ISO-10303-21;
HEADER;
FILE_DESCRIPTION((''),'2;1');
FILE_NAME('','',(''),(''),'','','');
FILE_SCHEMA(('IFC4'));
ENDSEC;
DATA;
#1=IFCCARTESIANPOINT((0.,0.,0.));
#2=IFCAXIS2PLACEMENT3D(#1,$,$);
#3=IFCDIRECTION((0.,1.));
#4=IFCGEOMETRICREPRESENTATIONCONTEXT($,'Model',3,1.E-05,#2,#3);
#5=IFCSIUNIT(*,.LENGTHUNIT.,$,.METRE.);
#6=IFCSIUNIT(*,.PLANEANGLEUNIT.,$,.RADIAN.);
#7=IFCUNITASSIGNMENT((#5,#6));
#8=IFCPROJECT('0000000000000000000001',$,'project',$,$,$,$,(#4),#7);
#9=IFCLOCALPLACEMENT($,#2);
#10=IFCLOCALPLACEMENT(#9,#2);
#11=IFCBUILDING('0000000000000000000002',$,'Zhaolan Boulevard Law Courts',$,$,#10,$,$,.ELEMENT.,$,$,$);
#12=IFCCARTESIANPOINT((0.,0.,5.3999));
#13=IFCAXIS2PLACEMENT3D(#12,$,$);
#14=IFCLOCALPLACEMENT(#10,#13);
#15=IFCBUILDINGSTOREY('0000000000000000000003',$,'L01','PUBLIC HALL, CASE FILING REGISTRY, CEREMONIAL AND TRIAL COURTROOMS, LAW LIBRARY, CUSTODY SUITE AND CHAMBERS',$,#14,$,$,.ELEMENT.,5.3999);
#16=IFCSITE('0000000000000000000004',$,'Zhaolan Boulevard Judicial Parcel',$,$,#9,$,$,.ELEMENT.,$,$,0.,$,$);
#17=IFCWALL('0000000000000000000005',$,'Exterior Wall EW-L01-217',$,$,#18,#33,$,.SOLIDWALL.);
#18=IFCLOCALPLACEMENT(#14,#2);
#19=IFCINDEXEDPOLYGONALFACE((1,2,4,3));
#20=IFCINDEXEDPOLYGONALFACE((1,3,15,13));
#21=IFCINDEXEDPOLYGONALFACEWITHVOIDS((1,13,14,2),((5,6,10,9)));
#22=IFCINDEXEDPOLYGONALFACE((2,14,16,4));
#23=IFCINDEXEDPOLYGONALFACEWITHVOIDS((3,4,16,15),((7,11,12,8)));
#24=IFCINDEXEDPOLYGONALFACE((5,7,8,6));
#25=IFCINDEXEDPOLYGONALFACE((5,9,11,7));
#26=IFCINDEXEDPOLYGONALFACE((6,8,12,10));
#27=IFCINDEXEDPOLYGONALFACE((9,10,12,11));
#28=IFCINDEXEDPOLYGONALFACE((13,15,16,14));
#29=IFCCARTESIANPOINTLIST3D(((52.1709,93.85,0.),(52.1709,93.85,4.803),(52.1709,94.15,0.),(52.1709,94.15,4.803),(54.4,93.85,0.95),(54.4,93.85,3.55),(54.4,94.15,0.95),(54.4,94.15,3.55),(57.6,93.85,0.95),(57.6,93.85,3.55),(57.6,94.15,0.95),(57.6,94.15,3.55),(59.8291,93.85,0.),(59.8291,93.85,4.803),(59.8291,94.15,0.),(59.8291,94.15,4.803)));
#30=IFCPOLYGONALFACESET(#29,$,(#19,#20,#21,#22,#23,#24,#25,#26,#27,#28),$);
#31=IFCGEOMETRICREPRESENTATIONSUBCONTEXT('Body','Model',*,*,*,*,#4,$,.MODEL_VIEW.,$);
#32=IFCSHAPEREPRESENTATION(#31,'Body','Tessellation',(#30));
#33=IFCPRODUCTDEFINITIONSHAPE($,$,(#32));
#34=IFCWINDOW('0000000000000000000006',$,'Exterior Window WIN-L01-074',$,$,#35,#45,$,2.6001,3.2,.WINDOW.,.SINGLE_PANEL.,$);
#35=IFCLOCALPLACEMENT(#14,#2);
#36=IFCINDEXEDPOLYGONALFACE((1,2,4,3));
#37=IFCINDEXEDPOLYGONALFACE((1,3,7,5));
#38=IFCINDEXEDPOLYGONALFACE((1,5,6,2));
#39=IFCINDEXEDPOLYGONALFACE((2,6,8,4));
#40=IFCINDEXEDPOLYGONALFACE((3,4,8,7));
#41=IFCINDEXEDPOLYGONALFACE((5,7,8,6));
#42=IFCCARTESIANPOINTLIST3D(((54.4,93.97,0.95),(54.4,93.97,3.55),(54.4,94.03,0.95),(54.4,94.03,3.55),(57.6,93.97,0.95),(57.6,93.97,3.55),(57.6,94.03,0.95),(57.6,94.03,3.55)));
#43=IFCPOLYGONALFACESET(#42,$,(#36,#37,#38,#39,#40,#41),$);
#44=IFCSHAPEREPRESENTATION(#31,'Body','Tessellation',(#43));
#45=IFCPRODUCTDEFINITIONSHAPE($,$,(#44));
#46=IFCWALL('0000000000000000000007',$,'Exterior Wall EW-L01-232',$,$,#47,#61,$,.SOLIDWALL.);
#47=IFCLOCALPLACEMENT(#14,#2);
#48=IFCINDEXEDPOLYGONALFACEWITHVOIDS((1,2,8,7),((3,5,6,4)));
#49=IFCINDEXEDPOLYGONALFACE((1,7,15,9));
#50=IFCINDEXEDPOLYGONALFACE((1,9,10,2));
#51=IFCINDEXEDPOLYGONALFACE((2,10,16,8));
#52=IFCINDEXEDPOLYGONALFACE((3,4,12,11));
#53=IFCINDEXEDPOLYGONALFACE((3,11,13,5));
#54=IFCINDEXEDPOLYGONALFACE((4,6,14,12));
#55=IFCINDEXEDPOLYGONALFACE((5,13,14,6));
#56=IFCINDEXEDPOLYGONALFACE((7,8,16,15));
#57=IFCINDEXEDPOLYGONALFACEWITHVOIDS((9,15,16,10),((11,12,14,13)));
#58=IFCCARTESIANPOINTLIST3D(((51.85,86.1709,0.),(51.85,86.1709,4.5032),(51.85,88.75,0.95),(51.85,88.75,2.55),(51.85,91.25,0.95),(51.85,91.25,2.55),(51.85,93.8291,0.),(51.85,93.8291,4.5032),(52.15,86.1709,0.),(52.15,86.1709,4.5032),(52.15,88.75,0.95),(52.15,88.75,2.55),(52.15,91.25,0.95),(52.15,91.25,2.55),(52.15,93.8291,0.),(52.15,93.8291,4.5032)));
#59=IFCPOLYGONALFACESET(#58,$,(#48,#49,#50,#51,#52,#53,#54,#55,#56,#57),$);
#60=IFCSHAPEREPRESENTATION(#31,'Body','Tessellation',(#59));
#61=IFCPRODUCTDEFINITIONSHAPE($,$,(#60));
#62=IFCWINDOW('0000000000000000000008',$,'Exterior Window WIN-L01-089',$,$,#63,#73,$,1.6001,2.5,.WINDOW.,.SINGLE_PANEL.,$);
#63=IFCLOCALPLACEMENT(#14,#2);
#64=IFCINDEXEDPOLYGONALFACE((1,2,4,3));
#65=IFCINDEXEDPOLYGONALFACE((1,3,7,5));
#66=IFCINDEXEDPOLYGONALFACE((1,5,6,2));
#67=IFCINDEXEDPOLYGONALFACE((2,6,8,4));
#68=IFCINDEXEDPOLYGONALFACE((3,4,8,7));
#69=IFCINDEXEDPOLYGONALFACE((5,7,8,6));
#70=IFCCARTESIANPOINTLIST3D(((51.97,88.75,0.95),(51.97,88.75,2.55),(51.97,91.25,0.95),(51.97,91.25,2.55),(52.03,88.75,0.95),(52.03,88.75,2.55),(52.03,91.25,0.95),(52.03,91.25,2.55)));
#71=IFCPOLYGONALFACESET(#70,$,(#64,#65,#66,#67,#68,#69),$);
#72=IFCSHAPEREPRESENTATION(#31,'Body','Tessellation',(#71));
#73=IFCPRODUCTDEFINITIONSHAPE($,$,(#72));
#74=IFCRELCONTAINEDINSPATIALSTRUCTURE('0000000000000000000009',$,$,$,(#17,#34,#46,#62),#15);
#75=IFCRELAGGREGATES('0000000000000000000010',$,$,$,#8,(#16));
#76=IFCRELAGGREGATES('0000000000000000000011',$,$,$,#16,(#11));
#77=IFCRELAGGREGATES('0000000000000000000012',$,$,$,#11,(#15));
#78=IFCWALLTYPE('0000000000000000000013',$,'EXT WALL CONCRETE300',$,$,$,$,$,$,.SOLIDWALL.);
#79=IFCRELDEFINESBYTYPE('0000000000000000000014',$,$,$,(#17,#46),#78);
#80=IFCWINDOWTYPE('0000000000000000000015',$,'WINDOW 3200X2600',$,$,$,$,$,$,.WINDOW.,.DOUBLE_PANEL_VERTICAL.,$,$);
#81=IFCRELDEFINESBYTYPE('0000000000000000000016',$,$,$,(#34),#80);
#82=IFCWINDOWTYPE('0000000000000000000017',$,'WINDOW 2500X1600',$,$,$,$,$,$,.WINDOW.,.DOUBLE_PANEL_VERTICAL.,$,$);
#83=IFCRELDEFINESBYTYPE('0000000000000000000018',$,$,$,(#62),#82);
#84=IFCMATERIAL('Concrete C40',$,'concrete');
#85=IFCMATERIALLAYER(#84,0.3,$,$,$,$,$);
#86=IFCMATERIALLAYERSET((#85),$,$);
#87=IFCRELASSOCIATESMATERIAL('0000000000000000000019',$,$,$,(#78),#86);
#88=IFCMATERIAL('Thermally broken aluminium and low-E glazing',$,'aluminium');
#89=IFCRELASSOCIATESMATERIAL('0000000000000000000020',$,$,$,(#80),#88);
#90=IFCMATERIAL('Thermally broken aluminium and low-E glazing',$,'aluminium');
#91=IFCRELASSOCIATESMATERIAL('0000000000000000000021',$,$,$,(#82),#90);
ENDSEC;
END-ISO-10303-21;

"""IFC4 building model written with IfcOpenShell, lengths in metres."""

from ifc_helpers import new_model, si_unit, direction, frame, frame_2d, origin, place, context, subcontext, project, spatial, rectangle, extrude, material, layer, layer_set, type_object, element, fill, save


model = new_model("IFC4")

# Units and contexts
model_context = context("Model", 3, precision=1e-05, world=origin(), true_north=direction((0.0, 1.0)))
body_context = subcontext(model_context, "Body", "Model", "MODEL_VIEW")
ifc_project = project(units=[si_unit("LENGTHUNIT", "METRE"), si_unit("PLANEANGLEUNIT", "RADIAN")], contexts=[model_context])

# Site, building, storey
site_placement = place(None, origin())
site = spatial("IfcSite", under=ifc_project, at=site_placement, Name="Zhaolan Boulevard Judicial Parcel", CompositionType="ELEMENT", RefElevation=0.0)
building_placement = place(site_placement, origin())
building = spatial("IfcBuilding", under=site, at=building_placement, Name="Zhaolan Boulevard Law Courts", CompositionType="ELEMENT")
storey_placement = place(building_placement, frame((0.0, 0.0, 5.3999)))
storey = spatial("IfcBuildingStorey", under=building, at=storey_placement, Name="L01", Description="PUBLIC HALL, CASE FILING REGISTRY, CEREMONIAL AND TRIAL COURTROOMS, LAW LIBRARY, CUSTODY SUITE AND CHAMBERS", CompositionType="ELEMENT", Elevation=5.3999)

# Walls, openings, windows
ifc_material_1 = material(Name="Concrete C40", Category="concrete")
ifc_layer_1 = layer(ifc_material_1, 0.3)
ifc_layer_set_1 = layer_set([ifc_layer_1])
wall_type = type_object("IfcWallType", Name="EXT WALL CONCRETE300", PredefinedType="SOLIDWALL", material=ifc_layer_set_1)
wall_1_placement = place(storey_placement, frame((59.8291, 94.0, 0.0), z_axis=(0.0, 0.0, 1.0), x_axis=(-1.0, 0.0, 0.0)))
wall_1 = element("IfcWall", 1, at=wall_1_placement, inside=storey, type_object=wall_type, Name="Exterior Wall EW-L01-217", PredefinedType="SOLIDWALL", context=body_context, shape_type="SweptSolid", body=[
    extrude(rectangle(XDim=7.6582, YDim=0.3, at=frame_2d((3.8291, 0.0))), origin(), (0.0, 0.0, 1.0), 4.803),
])
opening_1_placement = place(wall_1_placement, frame((2.229, 0.0, 0.95)))
opening_1 = element("IfcOpeningElement", 2, at=opening_1_placement, cuts=wall_1, PredefinedType="OPENING", context=body_context, shape_type="SweptSolid", body=[
    extrude(rectangle(XDim=3.2, YDim=2.6001, at=frame_2d((1.6001, 1.3))), frame((0.0, 0.1599, 0.0), z_axis=(0.0, -1.0, 0.0), x_axis=(1.0, 0.0, 0.0)), (0.0, 0.0, 1.0), 0.3201),
])
ifc_material_2 = material(Name="Thermally broken aluminium and low-E glazing", Category="aluminium")
window_type_1 = type_object("IfcWindowType", Name="WINDOW 3200X2600", PartitioningType="DOUBLE_PANEL_VERTICAL", PredefinedType="WINDOW", material=ifc_material_2)
window_1_placement = place(opening_1_placement, origin())
window_1 = element("IfcWindow", 3, at=window_1_placement, inside=storey, type_object=window_type_1, Name="Exterior Window WIN-L01-074", OverallHeight=2.6001, OverallWidth=3.2, PartitioningType="SINGLE_PANEL", PredefinedType="WINDOW", context=body_context, shape_type="SweptSolid", body=[
    extrude(rectangle(XDim=3.2, YDim=2.6001, at=frame_2d((1.6001, 1.3))), frame((0.0, 0.03, 0.0), z_axis=(0.0, -1.0, 0.0), x_axis=(1.0, 0.0, 0.0)), (0.0, 0.0, 1.0), 0.0601),
])
fill(opening_1, window_1)
wall_2_placement = place(storey_placement, frame((52.0, 93.8291, 0.0), z_axis=(0.0, 0.0, 1.0), x_axis=(0.0, -1.0, 0.0)))
wall_2 = element("IfcWall", 4, at=wall_2_placement, inside=storey, type_object=wall_type, Name="Exterior Wall EW-L01-232", PredefinedType="SOLIDWALL", context=body_context, shape_type="SweptSolid", body=[
    extrude(rectangle(XDim=7.6582, YDim=0.3, at=frame_2d((3.8291, 0.0))), origin(), (0.0, 0.0, 1.0), 4.5032),
])
opening_2_placement = place(wall_2_placement, frame((2.5791, 0.0, 0.95)))
opening_2 = element("IfcOpeningElement", 5, at=opening_2_placement, cuts=wall_2, PredefinedType="OPENING", context=body_context, shape_type="SweptSolid", body=[
    extrude(rectangle(XDim=2.5, YDim=1.6001, at=frame_2d((1.25, 0.8))), frame((0.0, 0.1599, 0.0), z_axis=(0.0, -1.0, 0.0), x_axis=(1.0, 0.0, 0.0)), (0.0, 0.0, 1.0), 0.3201),
])
ifc_material_3 = material(Name="Thermally broken aluminium and low-E glazing", Category="aluminium")
window_type_2 = type_object("IfcWindowType", Name="WINDOW 2500X1600", PartitioningType="DOUBLE_PANEL_VERTICAL", PredefinedType="WINDOW", material=ifc_material_3)
window_2_placement = place(opening_2_placement, origin())
window_2 = element("IfcWindow", 6, at=window_2_placement, inside=storey, type_object=window_type_2, Name="Exterior Window WIN-L01-089", OverallHeight=1.6001, OverallWidth=2.5, PartitioningType="SINGLE_PANEL", PredefinedType="WINDOW", context=body_context, shape_type="SweptSolid", body=[
    extrude(rectangle(XDim=2.5, YDim=1.6001, at=frame_2d((1.25, 0.8))), frame((0.0, 0.03, 0.0), z_axis=(0.0, -1.0, 0.0), x_axis=(1.0, 0.0, 0.0)), (0.0, 0.0, 1.0), 0.0601),
])
fill(opening_2, window_2)

save(model, "model.ifc")
